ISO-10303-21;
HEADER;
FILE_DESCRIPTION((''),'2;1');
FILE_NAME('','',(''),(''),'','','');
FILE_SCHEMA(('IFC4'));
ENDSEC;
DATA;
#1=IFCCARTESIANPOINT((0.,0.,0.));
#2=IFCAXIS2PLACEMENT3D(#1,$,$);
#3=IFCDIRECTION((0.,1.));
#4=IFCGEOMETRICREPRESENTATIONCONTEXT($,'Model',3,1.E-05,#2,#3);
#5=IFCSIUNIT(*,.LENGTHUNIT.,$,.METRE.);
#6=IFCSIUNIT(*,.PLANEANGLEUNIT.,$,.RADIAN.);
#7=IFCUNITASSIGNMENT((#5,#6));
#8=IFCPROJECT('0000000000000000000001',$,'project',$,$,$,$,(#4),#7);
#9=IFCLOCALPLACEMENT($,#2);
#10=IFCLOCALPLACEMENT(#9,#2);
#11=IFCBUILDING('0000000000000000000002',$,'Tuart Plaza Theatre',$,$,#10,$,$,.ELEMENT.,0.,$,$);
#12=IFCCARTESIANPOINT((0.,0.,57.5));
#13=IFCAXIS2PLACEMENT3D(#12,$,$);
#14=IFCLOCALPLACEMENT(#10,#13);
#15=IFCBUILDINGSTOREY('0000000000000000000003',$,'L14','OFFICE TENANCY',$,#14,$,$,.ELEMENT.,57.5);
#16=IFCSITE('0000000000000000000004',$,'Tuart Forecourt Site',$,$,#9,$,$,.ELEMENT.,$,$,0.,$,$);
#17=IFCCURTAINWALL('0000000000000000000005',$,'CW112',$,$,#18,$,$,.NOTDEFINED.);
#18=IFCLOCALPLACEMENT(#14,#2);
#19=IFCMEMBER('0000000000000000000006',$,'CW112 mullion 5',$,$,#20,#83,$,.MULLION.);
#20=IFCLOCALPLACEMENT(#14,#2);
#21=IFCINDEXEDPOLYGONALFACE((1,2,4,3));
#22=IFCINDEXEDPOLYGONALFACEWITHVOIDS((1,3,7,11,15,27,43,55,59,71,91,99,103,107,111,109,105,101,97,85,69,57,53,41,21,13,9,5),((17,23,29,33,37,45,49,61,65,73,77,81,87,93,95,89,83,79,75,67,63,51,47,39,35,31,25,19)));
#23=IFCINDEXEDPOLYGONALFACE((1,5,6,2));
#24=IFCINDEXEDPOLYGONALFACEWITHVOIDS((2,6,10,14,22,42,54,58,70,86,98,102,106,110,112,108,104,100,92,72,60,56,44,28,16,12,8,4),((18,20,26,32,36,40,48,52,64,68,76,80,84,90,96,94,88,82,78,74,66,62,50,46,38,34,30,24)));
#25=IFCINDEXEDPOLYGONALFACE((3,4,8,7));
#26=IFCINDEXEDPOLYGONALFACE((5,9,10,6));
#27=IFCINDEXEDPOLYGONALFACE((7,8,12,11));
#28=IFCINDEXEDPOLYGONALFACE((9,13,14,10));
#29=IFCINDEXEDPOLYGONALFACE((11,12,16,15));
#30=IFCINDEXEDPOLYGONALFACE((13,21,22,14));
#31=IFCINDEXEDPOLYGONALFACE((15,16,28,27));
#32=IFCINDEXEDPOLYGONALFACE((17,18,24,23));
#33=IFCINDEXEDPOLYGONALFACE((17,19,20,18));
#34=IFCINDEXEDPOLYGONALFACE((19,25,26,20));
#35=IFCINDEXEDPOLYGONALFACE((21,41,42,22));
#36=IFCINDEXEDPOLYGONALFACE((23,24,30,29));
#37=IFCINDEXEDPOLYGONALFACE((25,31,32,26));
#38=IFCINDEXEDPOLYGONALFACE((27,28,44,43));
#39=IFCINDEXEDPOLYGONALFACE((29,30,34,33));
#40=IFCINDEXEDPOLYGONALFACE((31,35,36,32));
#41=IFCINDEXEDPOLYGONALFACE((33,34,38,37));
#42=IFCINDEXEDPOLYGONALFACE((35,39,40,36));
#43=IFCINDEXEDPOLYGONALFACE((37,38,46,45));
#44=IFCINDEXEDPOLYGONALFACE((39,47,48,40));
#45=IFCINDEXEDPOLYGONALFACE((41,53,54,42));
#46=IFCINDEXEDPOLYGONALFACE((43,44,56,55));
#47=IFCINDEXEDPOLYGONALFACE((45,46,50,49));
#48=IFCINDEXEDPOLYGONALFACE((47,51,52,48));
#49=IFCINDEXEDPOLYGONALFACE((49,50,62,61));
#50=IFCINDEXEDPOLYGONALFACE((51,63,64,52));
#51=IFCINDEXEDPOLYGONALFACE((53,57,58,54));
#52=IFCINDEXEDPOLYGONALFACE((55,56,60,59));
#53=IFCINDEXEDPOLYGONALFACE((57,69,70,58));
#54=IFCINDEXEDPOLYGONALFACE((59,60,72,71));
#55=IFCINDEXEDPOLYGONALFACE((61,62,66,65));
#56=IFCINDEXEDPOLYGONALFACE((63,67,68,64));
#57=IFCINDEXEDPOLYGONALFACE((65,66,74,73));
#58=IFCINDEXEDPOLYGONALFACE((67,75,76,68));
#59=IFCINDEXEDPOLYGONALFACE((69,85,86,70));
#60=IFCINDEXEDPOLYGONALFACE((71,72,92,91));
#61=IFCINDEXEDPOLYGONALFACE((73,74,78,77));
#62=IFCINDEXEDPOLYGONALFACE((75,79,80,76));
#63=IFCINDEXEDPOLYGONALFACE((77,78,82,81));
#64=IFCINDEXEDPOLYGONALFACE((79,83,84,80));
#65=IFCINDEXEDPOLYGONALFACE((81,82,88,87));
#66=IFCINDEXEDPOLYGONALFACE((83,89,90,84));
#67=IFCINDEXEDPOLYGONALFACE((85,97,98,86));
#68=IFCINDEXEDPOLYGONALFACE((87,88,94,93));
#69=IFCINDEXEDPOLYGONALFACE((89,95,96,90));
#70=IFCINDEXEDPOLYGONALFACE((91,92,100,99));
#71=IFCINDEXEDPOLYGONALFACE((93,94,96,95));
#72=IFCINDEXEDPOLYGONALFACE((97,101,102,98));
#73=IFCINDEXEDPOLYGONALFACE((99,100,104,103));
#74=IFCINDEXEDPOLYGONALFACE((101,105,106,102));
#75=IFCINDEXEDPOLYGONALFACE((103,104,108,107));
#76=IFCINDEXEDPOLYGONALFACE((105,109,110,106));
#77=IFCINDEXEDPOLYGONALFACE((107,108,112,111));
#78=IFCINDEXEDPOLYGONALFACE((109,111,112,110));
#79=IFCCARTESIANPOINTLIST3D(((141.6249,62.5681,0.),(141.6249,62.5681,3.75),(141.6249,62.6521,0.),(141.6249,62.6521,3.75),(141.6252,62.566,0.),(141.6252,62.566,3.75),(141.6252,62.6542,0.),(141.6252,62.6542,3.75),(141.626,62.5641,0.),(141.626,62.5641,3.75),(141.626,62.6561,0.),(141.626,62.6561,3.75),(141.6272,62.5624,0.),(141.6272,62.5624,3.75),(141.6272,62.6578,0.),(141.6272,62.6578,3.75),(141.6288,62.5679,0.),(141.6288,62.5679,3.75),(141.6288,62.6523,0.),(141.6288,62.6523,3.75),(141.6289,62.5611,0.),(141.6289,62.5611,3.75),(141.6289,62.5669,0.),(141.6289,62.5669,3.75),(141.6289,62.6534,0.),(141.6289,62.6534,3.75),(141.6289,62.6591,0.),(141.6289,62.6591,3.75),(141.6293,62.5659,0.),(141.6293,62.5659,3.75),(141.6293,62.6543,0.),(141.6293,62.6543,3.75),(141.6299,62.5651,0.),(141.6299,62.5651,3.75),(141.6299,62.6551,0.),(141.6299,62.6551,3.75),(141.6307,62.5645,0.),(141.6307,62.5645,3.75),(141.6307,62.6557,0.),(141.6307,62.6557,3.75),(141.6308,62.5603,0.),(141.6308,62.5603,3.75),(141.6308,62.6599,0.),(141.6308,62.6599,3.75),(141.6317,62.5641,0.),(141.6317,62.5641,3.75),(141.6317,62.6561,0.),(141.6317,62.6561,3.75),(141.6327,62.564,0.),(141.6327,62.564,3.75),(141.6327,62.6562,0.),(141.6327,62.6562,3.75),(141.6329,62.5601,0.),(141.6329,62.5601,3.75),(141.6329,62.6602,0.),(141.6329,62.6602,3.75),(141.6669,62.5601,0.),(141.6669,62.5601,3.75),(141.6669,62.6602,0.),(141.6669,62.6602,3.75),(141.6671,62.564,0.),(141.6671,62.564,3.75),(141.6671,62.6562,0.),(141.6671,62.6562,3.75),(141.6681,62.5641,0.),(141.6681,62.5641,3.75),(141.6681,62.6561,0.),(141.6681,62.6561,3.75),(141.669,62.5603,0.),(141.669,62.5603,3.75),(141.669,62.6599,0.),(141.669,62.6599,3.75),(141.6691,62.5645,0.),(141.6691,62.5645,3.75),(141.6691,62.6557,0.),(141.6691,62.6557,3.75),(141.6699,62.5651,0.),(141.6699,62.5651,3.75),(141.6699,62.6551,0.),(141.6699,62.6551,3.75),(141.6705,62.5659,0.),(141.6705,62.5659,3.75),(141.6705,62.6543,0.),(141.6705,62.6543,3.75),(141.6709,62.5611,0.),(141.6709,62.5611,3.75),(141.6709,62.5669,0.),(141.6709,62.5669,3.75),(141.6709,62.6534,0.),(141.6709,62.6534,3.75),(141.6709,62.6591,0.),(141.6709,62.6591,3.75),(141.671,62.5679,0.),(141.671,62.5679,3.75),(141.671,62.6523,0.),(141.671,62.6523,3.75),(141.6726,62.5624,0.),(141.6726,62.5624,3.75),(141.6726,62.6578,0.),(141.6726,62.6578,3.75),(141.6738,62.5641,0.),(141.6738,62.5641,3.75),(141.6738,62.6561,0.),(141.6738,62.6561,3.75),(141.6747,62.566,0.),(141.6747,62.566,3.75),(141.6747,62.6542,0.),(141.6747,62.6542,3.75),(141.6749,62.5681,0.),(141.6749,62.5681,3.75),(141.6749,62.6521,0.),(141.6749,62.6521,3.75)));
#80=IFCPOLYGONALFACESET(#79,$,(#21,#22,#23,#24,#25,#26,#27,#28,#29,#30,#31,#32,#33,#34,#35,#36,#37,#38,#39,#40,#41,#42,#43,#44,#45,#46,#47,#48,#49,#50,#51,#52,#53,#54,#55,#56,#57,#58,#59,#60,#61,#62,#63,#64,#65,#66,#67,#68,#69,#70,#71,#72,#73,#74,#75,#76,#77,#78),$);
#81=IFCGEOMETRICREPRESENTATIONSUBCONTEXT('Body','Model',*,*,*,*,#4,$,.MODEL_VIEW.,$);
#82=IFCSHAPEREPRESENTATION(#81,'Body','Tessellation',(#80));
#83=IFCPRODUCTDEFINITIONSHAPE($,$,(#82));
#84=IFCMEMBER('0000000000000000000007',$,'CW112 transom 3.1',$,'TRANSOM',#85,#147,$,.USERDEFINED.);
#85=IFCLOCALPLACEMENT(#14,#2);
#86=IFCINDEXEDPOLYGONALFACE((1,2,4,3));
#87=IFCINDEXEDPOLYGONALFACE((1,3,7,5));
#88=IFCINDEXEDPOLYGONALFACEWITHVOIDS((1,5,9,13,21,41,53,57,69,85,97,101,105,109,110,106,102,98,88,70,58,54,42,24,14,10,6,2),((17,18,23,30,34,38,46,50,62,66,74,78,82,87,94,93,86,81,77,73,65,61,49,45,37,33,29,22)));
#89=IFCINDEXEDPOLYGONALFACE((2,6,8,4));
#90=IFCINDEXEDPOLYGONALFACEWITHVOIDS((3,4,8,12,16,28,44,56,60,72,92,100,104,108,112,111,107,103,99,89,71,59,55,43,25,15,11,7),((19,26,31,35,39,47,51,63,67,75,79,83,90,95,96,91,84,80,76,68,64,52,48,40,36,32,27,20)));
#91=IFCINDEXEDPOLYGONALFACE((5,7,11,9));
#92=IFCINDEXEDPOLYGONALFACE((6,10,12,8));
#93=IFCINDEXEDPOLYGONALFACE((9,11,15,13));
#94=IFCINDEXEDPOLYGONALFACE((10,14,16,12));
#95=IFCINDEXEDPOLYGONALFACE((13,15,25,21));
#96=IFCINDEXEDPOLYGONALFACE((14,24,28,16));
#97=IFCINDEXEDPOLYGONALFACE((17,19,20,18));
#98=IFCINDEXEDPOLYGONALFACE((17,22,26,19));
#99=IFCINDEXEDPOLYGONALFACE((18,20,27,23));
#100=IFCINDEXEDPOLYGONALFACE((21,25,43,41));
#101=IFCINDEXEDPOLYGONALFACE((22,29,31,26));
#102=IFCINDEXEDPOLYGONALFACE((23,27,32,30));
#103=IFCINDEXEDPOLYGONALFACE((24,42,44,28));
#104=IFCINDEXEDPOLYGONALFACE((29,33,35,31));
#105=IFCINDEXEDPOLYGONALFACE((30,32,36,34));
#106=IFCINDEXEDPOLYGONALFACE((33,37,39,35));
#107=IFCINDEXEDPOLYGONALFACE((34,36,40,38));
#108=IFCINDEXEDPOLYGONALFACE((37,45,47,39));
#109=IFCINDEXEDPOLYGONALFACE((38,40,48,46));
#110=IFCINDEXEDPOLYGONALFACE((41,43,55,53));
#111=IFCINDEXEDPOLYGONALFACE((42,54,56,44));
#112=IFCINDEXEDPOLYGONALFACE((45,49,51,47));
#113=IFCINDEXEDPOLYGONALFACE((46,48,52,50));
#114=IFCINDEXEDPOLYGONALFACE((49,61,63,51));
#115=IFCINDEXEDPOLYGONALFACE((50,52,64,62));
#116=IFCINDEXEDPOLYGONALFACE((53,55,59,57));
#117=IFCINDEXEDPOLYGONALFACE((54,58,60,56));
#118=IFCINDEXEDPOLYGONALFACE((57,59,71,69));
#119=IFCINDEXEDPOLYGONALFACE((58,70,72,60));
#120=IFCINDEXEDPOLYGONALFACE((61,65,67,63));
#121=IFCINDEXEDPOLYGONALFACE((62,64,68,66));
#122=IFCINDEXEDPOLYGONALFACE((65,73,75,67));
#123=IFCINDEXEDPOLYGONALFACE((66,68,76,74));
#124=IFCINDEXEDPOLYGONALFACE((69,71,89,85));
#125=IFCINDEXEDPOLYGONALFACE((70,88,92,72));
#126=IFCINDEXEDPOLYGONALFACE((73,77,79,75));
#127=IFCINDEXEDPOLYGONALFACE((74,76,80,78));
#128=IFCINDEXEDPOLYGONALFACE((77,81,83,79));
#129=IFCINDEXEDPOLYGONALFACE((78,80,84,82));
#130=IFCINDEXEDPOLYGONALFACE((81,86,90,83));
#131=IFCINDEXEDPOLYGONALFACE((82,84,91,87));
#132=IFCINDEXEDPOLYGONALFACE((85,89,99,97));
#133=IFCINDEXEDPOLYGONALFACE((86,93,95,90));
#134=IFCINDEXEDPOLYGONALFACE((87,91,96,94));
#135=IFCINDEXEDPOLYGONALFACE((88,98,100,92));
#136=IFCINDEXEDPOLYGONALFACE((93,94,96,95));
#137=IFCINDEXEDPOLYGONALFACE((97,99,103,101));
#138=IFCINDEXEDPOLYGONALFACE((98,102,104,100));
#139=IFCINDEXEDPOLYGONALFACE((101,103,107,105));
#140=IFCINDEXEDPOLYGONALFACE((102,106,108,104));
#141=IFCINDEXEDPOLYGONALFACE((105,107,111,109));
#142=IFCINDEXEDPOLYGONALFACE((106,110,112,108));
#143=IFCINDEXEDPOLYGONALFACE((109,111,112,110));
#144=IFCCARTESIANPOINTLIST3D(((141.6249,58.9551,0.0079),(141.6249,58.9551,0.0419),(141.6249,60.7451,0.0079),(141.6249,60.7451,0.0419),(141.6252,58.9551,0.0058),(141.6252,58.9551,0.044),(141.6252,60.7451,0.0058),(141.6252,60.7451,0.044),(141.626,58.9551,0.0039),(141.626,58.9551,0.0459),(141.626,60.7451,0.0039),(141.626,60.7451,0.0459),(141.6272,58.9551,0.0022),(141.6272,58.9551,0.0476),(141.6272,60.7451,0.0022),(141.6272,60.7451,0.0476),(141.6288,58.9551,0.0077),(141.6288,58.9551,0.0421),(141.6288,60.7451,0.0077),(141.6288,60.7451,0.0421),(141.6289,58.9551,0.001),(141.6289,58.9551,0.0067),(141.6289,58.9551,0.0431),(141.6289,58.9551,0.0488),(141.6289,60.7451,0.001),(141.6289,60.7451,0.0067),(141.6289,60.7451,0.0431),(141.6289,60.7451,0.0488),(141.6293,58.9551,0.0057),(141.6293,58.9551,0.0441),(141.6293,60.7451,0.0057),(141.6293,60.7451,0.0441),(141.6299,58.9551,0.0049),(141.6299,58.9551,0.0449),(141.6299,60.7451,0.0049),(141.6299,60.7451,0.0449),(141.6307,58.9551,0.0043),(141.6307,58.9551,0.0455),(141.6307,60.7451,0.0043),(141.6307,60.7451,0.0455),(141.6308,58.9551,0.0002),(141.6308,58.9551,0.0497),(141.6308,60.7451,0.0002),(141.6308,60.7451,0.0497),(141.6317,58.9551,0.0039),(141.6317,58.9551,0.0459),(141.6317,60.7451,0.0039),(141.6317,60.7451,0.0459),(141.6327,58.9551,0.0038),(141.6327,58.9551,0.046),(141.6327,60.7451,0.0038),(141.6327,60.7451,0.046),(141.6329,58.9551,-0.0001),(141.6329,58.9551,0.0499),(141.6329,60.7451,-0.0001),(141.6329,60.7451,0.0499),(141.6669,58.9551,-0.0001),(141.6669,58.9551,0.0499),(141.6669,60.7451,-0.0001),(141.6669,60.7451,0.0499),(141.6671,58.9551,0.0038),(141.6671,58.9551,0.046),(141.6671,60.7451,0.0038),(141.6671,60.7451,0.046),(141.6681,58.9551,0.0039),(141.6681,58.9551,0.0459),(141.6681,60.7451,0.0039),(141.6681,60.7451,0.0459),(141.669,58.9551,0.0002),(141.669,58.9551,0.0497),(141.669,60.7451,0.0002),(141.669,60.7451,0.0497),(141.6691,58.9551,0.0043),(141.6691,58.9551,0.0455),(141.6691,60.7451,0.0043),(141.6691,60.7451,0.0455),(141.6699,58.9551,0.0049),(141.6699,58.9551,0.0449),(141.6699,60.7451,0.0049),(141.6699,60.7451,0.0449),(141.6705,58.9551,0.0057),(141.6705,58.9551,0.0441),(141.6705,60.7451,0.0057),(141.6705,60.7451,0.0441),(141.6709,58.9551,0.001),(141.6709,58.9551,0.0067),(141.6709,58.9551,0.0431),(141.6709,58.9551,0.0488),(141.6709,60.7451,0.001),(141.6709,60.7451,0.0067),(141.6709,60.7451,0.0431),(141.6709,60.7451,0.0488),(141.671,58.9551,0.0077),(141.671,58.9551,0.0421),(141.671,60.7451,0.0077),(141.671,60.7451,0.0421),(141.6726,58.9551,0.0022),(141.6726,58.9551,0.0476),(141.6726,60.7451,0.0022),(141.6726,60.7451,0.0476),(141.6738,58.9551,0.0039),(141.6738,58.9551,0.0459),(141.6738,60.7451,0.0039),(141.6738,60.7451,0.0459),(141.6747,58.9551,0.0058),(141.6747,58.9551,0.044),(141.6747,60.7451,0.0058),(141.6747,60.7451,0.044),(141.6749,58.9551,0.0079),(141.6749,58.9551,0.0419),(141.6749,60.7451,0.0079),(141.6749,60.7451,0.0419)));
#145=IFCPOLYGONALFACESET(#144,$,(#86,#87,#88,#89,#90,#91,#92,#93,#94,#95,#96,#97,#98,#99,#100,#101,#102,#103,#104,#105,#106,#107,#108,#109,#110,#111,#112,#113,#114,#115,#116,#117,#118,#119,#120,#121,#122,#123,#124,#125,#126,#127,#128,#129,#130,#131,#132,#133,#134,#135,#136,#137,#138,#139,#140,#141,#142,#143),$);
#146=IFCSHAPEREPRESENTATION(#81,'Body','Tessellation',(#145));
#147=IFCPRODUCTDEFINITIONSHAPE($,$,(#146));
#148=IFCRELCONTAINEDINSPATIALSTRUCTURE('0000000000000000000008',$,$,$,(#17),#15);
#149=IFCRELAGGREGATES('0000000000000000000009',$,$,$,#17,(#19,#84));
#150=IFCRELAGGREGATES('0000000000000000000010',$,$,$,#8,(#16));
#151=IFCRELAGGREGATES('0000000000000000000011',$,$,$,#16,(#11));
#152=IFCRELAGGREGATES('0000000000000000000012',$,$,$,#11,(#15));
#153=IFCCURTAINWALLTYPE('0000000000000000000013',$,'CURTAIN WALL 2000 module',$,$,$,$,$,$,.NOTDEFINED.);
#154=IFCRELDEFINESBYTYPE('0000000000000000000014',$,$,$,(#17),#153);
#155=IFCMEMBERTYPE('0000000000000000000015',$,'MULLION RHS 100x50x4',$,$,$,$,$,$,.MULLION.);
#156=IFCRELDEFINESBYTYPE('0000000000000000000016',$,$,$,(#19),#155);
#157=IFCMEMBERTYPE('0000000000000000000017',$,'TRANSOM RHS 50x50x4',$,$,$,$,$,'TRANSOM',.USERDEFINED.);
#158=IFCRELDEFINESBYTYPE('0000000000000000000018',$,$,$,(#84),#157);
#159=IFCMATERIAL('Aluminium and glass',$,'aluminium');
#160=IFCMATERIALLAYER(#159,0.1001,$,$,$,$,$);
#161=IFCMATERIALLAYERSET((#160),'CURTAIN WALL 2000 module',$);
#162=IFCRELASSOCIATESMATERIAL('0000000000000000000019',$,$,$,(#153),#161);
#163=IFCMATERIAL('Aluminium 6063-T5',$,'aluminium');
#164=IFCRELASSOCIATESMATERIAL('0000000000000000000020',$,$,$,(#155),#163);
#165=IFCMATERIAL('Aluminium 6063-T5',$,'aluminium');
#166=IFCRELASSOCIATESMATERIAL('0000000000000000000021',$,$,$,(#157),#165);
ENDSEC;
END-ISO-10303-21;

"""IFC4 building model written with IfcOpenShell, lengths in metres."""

from ifc_helpers import new_model, si_unit, direction, frame, origin, origin_2d, place, context, subcontext, project, spatial, hollow_rectangle, extrude, material, layer, layer_set, material_profile, profile_set, type_object, element, aggregate, save


model = new_model("IFC4")

# Units and contexts
model_context = context("Model", 3, precision=1e-05, world=origin(), true_north=direction((0.0, 1.0)))
body_context = subcontext(model_context, "Body", "Model", "MODEL_VIEW")
ifc_project = project(units=[si_unit("LENGTHUNIT", "METRE"), si_unit("PLANEANGLEUNIT", "RADIAN")], contexts=[model_context])

# Site, building, storey
site_placement = place(None, origin())
site = spatial("IfcSite", under=ifc_project, at=site_placement, Name="Tuart Forecourt Site", CompositionType="ELEMENT", RefElevation=0.0)
building_placement = place(site_placement, origin())
building = spatial("IfcBuilding", under=site, at=building_placement, Name="Tuart Plaza Theatre", CompositionType="ELEMENT", ElevationOfRefHeight=0.0)
storey_placement = place(building_placement, frame((0.0, 0.0, 57.5)))
storey = spatial("IfcBuildingStorey", under=building, at=storey_placement, Name="L14", Description="OFFICE TENANCY", CompositionType="ELEMENT", Elevation=57.5)

# Curtain wall, members
ifc_material_1 = material(Name="Aluminium and glass", Category="aluminium")
ifc_layer_1 = layer(ifc_material_1, 0.1001)
ifc_layer_set_1 = layer_set([ifc_layer_1], Name="CURTAIN WALL 2000 module")
curtain_wall_type = type_object("IfcCurtainWallType", Name="CURTAIN WALL 2000 module", PredefinedType="NOTDEFINED", material=ifc_layer_set_1)
curtain_wall_placement = place(storey_placement, origin())
curtain_wall = element("IfcCurtainWall", 1, at=curtain_wall_placement, inside=storey, type_object=curtain_wall_type, Name="CW112", PredefinedType="NOTDEFINED")
ifc_material_2 = material(Name="Aluminium 6063-T5", Category="aluminium")
ifc_material_profile_1 = material_profile(ifc_material_2, hollow_rectangle(XDim=0.05, YDim=0.1001, WallThickness=0.0039, InnerFilletRadius=0.0039, OuterFilletRadius=0.0081, at=origin_2d()), Name="RHS 100x50x4")
ifc_profile_set_1 = profile_set([ifc_material_profile_1], Name="Aluminium 6063-T5")
member_type_1 = type_object("IfcMemberType", Name="MULLION RHS 100x50x4", PredefinedType="MULLION", material=ifc_profile_set_1)
member_1_placement = place(storey_placement, frame((141.6499, 62.6101, 0.0), z_axis=(0.0, 0.0, 1.0), x_axis=(-1.0, 0.0, 0.0)))
member_1 = element("IfcMember", 2, at=member_1_placement, type_object=member_type_1, Name="CW112 mullion 5", PredefinedType="MULLION", context=body_context, shape_type="SweptSolid", body=[
    extrude(hollow_rectangle(XDim=0.05, YDim=0.1001, WallThickness=0.0039, InnerFilletRadius=0.0039, OuterFilletRadius=0.0081, at=origin_2d()), origin(), (0.0, 0.0, 1.0), 3.75),
])
ifc_material_3 = material(Name="Aluminium 6063-T5", Category="aluminium")
ifc_material_profile_2 = material_profile(ifc_material_3, hollow_rectangle(XDim=0.05, YDim=0.05, WallThickness=0.0039, InnerFilletRadius=0.0039, OuterFilletRadius=0.0081, at=origin_2d()), Name="RHS 50x50x4")
ifc_profile_set_2 = profile_set([ifc_material_profile_2], Name="Aluminium 6063-T5")
member_type_2 = type_object("IfcMemberType", Name="TRANSOM RHS 50x50x4", ElementType="TRANSOM", PredefinedType="USERDEFINED", material=ifc_profile_set_2)
member_2_placement = place(storey_placement, frame((141.6499, 58.9551, 0.0249), z_axis=(0.0, 1.0, 0.0), x_axis=(-1.0, 0.0, 0.0)))
member_2 = element("IfcMember", 3, at=member_2_placement, type_object=member_type_2, Name="CW112 transom 3.1", ObjectType="TRANSOM", PredefinedType="USERDEFINED", context=body_context, shape_type="SweptSolid", body=[
    extrude(hollow_rectangle(XDim=0.05, YDim=0.05, WallThickness=0.0039, InnerFilletRadius=0.0039, OuterFilletRadius=0.0081, at=origin_2d()), origin(), (0.0, 0.0, 1.0), 1.79),
])
aggregate(curtain_wall, [member_1, member_2])

save(model, "model.ifc")
